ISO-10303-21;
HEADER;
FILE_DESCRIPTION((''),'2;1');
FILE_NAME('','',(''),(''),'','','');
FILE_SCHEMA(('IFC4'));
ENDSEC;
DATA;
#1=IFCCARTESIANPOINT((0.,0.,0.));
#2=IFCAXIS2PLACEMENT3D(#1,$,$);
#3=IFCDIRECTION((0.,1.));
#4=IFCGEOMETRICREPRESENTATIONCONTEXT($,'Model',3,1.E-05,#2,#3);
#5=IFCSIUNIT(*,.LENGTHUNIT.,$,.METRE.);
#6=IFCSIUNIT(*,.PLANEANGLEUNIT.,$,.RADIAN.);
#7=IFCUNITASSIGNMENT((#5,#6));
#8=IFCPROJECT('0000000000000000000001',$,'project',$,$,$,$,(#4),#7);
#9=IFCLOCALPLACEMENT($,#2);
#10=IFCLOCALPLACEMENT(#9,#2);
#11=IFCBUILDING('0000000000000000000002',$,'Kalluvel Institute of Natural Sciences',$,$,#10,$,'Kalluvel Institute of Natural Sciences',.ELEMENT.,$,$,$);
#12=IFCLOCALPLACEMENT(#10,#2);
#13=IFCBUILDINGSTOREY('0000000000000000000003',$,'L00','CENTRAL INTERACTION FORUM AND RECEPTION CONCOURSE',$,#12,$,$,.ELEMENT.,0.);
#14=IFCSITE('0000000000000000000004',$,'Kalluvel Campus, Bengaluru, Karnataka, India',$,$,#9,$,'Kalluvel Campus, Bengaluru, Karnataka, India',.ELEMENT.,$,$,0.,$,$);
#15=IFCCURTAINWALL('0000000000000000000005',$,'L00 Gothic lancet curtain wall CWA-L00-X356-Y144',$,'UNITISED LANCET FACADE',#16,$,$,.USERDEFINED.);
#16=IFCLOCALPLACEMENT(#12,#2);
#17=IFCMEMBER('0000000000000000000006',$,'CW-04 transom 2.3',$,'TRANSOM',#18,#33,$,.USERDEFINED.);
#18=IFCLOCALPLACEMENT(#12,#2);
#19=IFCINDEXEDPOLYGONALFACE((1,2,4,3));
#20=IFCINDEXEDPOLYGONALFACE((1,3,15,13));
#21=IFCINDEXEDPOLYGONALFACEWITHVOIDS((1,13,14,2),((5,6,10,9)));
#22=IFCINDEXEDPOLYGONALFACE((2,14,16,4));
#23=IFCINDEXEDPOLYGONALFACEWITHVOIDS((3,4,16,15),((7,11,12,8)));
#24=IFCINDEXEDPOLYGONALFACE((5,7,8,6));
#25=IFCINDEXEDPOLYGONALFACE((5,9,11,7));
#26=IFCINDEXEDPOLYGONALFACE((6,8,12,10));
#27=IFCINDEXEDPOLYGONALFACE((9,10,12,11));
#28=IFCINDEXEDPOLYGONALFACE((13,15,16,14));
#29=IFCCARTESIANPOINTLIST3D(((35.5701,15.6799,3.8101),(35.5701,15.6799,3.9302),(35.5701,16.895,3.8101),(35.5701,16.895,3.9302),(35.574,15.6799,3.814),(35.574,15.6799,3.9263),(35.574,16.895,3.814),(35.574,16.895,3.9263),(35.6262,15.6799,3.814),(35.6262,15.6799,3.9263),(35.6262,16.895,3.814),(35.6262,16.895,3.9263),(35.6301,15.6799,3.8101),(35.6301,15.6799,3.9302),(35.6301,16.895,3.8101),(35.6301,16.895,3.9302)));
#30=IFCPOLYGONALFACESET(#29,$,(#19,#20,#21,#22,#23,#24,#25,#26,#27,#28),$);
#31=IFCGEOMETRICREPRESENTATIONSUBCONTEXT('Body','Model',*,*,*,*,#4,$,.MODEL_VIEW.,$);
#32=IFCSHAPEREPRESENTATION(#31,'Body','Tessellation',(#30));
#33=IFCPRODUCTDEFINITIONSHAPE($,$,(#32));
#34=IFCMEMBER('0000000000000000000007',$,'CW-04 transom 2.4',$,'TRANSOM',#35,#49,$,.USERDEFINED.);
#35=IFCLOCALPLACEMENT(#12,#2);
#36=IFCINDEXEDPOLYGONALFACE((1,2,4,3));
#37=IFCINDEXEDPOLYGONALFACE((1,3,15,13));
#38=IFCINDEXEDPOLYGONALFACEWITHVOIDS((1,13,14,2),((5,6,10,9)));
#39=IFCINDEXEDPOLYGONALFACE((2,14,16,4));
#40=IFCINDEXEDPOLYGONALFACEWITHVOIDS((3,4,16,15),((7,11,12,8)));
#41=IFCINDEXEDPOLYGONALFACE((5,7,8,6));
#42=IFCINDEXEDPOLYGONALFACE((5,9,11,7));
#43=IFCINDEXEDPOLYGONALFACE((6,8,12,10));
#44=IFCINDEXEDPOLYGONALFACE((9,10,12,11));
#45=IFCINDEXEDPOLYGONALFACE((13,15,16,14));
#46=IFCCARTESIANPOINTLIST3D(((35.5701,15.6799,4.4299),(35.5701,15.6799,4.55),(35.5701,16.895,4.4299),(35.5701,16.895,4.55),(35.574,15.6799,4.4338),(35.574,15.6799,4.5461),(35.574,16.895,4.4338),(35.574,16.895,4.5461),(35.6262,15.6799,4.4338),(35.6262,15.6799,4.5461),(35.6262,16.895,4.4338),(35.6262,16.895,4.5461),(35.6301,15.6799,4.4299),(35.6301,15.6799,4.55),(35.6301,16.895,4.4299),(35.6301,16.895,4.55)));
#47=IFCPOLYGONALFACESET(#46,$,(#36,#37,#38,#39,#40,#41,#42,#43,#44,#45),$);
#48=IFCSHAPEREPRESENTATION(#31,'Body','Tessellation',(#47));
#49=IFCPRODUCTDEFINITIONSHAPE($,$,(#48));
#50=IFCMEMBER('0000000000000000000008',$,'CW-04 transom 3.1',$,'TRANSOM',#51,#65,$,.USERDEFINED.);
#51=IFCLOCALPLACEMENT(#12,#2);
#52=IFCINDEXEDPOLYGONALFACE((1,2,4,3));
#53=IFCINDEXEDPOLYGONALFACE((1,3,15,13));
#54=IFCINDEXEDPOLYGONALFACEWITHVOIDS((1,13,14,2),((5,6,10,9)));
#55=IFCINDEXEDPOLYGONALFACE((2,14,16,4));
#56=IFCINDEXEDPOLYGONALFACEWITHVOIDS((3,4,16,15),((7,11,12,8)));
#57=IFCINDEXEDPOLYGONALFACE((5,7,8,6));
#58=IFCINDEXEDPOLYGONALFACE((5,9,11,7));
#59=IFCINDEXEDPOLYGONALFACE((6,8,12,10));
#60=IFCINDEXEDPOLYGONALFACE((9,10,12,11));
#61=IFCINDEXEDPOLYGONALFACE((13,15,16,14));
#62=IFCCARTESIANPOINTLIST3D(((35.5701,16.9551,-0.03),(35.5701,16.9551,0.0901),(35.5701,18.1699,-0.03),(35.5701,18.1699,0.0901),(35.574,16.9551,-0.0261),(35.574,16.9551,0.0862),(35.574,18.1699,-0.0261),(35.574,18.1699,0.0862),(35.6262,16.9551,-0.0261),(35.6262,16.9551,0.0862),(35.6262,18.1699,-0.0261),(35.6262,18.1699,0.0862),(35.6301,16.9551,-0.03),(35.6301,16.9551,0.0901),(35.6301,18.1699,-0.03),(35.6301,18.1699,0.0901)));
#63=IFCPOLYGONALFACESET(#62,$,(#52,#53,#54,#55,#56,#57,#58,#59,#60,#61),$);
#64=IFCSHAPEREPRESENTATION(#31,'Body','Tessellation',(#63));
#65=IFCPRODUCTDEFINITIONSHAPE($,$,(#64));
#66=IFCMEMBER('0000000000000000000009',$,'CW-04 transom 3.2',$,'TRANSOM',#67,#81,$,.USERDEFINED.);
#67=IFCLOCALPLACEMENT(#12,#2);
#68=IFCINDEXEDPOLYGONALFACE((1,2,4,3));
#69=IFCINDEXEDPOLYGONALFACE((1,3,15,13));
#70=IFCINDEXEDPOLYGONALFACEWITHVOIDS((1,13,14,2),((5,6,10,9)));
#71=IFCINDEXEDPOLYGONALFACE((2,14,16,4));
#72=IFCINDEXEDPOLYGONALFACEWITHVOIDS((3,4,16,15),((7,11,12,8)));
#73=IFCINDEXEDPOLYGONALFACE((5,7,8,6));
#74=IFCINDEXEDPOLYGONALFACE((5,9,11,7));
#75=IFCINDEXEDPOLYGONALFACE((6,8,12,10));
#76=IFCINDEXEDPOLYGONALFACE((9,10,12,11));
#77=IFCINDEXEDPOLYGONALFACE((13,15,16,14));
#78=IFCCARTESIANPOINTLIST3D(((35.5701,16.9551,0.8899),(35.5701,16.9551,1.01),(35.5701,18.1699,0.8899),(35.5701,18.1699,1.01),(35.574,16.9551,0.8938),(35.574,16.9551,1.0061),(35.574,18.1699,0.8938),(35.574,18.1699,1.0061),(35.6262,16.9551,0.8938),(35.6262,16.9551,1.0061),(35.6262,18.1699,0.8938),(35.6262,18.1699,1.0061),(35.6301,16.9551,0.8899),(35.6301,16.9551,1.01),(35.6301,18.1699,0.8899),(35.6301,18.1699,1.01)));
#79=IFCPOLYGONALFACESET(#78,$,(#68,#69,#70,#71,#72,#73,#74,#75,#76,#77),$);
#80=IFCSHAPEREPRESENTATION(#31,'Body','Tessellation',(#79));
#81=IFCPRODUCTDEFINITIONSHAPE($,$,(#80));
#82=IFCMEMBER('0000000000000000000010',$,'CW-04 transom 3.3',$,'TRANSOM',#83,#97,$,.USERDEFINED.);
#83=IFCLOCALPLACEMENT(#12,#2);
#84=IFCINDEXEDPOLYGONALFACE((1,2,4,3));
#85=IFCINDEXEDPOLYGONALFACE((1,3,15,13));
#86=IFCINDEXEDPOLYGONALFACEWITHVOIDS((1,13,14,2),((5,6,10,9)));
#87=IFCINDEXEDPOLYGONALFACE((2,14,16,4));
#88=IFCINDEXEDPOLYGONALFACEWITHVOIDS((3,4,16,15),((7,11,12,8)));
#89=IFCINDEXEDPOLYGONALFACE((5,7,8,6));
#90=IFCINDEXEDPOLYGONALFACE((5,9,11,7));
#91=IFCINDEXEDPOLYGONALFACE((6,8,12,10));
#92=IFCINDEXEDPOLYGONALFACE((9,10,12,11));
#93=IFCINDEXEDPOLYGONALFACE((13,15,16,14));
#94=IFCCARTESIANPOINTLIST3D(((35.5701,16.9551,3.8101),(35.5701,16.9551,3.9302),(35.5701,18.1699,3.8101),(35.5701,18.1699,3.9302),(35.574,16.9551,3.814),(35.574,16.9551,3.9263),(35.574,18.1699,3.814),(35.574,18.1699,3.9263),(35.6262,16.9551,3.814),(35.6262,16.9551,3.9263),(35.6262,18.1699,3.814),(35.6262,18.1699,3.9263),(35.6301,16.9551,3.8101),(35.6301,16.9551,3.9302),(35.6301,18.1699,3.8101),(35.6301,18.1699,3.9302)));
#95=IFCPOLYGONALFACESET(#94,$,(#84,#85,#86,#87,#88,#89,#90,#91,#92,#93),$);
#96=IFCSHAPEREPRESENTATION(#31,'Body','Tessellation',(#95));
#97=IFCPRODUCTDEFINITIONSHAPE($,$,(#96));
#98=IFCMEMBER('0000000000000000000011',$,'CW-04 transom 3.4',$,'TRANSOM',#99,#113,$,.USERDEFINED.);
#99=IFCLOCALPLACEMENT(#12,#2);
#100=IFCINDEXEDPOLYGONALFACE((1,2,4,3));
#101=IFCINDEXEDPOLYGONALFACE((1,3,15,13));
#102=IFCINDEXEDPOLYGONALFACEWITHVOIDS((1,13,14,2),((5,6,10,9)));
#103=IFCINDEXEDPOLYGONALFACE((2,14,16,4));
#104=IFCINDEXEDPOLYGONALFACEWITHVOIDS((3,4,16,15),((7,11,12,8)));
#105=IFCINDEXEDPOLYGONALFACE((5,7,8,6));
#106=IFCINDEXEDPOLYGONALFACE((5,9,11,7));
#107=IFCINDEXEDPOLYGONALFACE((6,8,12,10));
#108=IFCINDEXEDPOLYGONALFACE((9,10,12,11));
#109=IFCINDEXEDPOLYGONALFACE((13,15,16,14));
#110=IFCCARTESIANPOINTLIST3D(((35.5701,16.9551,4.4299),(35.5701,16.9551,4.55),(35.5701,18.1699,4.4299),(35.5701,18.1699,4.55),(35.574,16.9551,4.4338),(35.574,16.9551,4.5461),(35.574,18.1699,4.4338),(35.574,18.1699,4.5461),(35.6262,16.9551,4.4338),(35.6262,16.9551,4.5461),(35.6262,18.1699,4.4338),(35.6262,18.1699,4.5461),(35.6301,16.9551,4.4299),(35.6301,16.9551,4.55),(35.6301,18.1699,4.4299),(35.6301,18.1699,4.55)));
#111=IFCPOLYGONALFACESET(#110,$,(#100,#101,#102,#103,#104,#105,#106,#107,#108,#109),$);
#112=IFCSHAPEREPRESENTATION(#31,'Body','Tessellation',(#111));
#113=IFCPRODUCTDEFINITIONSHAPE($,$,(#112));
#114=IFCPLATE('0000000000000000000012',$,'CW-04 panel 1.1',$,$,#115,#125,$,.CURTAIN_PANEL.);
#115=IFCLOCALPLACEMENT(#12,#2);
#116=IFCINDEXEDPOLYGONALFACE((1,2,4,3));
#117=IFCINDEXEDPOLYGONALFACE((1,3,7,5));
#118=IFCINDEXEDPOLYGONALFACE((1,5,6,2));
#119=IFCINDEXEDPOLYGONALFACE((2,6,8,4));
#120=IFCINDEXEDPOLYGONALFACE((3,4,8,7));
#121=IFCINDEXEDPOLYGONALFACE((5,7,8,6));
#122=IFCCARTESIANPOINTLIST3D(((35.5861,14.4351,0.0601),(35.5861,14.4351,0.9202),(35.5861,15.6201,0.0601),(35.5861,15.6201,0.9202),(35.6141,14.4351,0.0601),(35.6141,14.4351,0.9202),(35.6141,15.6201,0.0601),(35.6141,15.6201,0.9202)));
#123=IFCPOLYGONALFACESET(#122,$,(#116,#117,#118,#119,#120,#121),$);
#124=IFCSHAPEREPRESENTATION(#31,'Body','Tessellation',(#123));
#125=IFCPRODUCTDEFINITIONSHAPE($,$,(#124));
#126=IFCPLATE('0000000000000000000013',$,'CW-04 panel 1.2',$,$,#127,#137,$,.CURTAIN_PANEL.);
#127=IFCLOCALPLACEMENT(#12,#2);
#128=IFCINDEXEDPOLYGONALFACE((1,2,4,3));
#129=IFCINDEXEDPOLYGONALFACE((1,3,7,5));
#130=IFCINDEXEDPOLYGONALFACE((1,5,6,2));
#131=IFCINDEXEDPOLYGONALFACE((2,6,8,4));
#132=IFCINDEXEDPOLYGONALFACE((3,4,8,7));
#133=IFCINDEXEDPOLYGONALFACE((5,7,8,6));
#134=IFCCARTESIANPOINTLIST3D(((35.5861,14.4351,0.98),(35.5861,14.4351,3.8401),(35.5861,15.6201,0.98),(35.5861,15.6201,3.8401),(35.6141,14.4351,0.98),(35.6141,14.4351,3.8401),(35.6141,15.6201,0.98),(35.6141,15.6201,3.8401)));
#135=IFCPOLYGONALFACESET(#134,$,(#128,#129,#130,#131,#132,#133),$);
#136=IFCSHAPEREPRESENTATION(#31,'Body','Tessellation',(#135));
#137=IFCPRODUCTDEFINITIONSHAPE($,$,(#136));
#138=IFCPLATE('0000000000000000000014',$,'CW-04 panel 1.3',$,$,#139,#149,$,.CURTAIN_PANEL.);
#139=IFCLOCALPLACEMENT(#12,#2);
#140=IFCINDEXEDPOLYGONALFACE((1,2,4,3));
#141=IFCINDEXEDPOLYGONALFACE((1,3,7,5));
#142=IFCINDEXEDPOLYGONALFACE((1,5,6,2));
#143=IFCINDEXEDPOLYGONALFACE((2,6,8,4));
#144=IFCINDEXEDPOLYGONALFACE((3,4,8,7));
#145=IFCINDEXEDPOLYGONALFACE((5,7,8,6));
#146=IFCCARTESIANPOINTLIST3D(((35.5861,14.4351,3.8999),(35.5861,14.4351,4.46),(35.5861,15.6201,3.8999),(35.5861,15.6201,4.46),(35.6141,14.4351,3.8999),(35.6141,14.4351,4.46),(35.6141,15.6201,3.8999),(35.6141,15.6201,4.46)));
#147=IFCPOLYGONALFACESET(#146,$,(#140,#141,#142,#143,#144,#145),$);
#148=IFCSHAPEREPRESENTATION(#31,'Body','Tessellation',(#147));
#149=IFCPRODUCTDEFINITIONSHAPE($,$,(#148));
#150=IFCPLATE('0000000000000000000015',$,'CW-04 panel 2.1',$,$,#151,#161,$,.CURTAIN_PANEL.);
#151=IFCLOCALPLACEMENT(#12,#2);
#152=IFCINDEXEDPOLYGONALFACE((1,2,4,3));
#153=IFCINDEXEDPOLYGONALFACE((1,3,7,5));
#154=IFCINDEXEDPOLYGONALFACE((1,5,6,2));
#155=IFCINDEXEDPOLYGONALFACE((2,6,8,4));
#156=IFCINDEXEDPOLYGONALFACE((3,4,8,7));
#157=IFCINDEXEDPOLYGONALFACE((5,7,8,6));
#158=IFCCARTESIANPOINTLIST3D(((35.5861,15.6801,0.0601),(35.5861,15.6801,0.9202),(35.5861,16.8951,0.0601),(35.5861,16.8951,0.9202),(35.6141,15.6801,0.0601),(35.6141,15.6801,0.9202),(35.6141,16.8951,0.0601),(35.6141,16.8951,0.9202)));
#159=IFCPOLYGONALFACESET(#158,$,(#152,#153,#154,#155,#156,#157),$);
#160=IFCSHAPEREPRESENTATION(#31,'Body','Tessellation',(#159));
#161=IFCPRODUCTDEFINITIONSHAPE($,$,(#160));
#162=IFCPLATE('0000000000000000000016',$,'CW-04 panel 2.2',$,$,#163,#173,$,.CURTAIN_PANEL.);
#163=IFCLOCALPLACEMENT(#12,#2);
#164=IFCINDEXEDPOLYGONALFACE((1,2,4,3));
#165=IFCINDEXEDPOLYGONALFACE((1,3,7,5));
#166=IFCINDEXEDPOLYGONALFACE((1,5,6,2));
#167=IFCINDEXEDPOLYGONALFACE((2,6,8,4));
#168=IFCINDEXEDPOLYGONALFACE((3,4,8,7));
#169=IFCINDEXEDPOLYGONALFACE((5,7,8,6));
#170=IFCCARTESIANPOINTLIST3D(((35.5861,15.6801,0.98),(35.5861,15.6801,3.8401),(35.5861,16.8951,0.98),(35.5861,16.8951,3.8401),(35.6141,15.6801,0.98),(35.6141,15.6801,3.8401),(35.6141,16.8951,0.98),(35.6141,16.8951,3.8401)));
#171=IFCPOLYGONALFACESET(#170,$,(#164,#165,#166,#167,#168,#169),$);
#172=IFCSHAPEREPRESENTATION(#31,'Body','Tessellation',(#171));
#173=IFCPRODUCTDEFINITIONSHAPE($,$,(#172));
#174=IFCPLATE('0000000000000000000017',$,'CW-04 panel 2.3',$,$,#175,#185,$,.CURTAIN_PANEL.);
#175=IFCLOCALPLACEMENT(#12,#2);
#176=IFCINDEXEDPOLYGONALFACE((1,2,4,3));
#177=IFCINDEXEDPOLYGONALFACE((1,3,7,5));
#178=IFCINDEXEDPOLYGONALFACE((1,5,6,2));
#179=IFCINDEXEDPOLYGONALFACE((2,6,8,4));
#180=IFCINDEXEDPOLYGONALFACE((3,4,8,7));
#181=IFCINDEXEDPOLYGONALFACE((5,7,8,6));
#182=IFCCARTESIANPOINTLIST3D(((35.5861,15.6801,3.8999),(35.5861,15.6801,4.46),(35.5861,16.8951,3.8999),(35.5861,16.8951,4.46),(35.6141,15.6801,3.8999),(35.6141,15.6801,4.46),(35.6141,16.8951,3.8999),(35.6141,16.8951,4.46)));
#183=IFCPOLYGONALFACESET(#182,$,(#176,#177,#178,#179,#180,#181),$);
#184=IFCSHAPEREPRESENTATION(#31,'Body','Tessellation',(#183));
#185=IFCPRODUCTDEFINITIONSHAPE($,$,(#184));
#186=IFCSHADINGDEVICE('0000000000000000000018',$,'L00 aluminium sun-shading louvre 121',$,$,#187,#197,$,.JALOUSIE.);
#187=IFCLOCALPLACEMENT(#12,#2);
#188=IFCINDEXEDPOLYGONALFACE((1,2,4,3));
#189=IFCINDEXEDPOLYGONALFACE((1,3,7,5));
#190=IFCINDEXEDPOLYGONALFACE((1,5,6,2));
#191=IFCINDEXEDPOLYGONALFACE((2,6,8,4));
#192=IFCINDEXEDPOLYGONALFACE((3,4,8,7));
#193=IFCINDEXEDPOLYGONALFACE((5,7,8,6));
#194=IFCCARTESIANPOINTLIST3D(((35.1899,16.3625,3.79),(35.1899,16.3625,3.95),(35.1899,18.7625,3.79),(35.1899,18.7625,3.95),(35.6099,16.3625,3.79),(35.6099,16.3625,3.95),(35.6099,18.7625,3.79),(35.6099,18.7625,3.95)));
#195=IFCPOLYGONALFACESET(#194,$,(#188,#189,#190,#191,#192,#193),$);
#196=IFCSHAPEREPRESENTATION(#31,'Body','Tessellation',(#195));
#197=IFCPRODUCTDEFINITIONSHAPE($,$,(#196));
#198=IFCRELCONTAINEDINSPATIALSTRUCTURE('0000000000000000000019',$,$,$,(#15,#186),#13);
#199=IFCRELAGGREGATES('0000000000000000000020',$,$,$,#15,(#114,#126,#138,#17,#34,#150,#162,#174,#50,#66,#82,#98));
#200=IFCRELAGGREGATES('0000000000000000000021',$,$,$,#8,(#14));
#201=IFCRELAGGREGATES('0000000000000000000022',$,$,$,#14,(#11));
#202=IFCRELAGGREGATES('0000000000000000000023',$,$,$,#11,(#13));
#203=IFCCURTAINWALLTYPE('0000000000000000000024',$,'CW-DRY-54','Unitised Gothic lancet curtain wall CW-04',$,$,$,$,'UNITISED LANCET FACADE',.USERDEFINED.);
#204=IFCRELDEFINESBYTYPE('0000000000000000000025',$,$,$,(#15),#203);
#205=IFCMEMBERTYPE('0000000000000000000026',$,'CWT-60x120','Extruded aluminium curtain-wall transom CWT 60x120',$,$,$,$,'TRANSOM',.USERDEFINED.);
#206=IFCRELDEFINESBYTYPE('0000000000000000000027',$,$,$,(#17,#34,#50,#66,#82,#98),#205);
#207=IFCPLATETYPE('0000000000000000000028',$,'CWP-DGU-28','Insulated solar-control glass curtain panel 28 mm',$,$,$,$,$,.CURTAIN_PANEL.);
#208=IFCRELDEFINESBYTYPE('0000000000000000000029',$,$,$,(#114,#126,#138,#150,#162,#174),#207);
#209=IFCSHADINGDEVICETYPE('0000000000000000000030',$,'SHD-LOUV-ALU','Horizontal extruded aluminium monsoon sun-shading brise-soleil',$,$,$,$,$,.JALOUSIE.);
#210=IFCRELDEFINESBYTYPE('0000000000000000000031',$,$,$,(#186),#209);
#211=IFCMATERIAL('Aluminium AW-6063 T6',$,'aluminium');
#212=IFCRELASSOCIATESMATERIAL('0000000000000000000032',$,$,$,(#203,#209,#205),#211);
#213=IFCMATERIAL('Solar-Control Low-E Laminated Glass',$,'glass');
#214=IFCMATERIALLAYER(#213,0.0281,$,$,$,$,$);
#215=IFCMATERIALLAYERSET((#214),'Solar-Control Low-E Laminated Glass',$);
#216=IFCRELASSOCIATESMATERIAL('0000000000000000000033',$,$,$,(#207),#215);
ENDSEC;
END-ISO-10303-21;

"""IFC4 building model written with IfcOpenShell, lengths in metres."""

from ifc_helpers import new_model, si_unit, direction, frame, origin, origin_2d, place, context, subcontext, project, spatial, rectangle, hollow_rectangle, extrude, material, layer, layer_set, material_profile, profile_set, type_object, element, aggregate, save


model = new_model("IFC4")

# Units and contexts
model_context = context("Model", 3, precision=1e-05, world=origin(), true_north=direction((0.0, 1.0)))
body_context = subcontext(model_context, "Body", "Model", "MODEL_VIEW")
ifc_project = project(units=[si_unit("LENGTHUNIT", "METRE"), si_unit("PLANEANGLEUNIT", "RADIAN")], contexts=[model_context])

# Site, building, storey
site_placement = place(None, origin())
site = spatial("IfcSite", under=ifc_project, at=site_placement, Name="Kalluvel Campus, Bengaluru, Karnataka, India", LongName="Kalluvel Campus, Bengaluru, Karnataka, India", CompositionType="ELEMENT", RefElevation=0.0)
building_placement = place(site_placement, origin())
building = spatial("IfcBuilding", under=site, at=building_placement, Name="Kalluvel Institute of Natural Sciences", LongName="Kalluvel Institute of Natural Sciences", CompositionType="ELEMENT")
storey_placement = place(building_placement, origin())
storey = spatial("IfcBuildingStorey", under=building, at=storey_placement, Name="L00", Description="CENTRAL INTERACTION FORUM AND RECEPTION CONCOURSE", CompositionType="ELEMENT", Elevation=0.0)

# Curtain wall, members, plates
ifc_material_1 = material(Name="Aluminium AW-6063 T6", Category="aluminium")
curtain_wall_type = type_object("IfcCurtainWallType", Name="CW-DRY-54", Description="Unitised Gothic lancet curtain wall CW-04", ElementType="UNITISED LANCET FACADE", PredefinedType="USERDEFINED", material=ifc_material_1)
curtain_wall_placement = place(storey_placement, origin())
curtain_wall = element("IfcCurtainWall", 1, at=curtain_wall_placement, inside=storey, type_object=curtain_wall_type, Name="L00 Gothic lancet curtain wall CWA-L00-X356-Y144", ObjectType="UNITISED LANCET FACADE", PredefinedType="USERDEFINED")
ifc_material_profile_1 = material_profile(ifc_material_1, hollow_rectangle(XDim=0.0601, YDim=0.1201, WallThickness=0.0039, at=origin_2d()), Name="CWT 60x120")
ifc_profile_set_1 = profile_set([ifc_material_profile_1], Name="Aluminium AW-6063 T6")
member_type_1 = type_object("IfcMemberType", Name="CWT-60x120", Description="Extruded aluminium curtain-wall transom CWT 60x120", ElementType="TRANSOM", PredefinedType="USERDEFINED", material=ifc_profile_set_1)
member_1_placement = place(storey_placement, frame((35.6001, 15.6799, 3.8701), z_axis=(0.0, 1.0, 0.0), x_axis=(-1.0, 0.0, 0.0)))
member_1 = element("IfcMember", 2, at=member_1_placement, type_object=member_type_1, Name="CW-04 transom 2.3", ObjectType="TRANSOM", PredefinedType="USERDEFINED", context=body_context, shape_type="SweptSolid", body=[
    extrude(hollow_rectangle(XDim=0.0601, YDim=0.1201, WallThickness=0.0039, at=origin_2d()), origin(), (0.0, 0.0, 1.0), 1.2151),
])
member_2_placement = place(storey_placement, frame((35.6001, 15.6799, 4.49), z_axis=(0.0, 1.0, 0.0), x_axis=(-1.0, 0.0, 0.0)))
member_2 = element("IfcMember", 3, at=member_2_placement, type_object=member_type_1, Name="CW-04 transom 2.4", ObjectType="TRANSOM", PredefinedType="USERDEFINED", context=body_context, shape_type="SweptSolid", body=[
    extrude(hollow_rectangle(XDim=0.0601, YDim=0.1201, WallThickness=0.0039, at=origin_2d()), origin(), (0.0, 0.0, 1.0), 1.2151),
])
member_3_placement = place(storey_placement, frame((35.6001, 16.9551, 0.03), z_axis=(0.0, 1.0, 0.0), x_axis=(-1.0, 0.0, 0.0)))
member_3 = element("IfcMember", 4, at=member_3_placement, type_object=member_type_1, Name="CW-04 transom 3.1", ObjectType="TRANSOM", PredefinedType="USERDEFINED", context=body_context, shape_type="SweptSolid", body=[
    extrude(hollow_rectangle(XDim=0.0601, YDim=0.1201, WallThickness=0.0039, at=origin_2d()), origin(), (0.0, 0.0, 1.0), 1.2148),
])
member_4_placement = place(storey_placement, frame((35.6001, 16.9551, 0.95), z_axis=(0.0, 1.0, 0.0), x_axis=(-1.0, 0.0, 0.0)))
member_4 = element("IfcMember", 5, at=member_4_placement, type_object=member_type_1, Name="CW-04 transom 3.2", ObjectType="TRANSOM", PredefinedType="USERDEFINED", context=body_context, shape_type="SweptSolid", body=[
    extrude(hollow_rectangle(XDim=0.0601, YDim=0.1201, WallThickness=0.0039, at=origin_2d()), origin(), (0.0, 0.0, 1.0), 1.2148),
])
member_5_placement = place(storey_placement, frame((35.6001, 16.9551, 3.8701), z_axis=(0.0, 1.0, 0.0), x_axis=(-1.0, 0.0, 0.0)))
member_5 = element("IfcMember", 6, at=member_5_placement, type_object=member_type_1, Name="CW-04 transom 3.3", ObjectType="TRANSOM", PredefinedType="USERDEFINED", context=body_context, shape_type="SweptSolid", body=[
    extrude(hollow_rectangle(XDim=0.0601, YDim=0.1201, WallThickness=0.0039, at=origin_2d()), origin(), (0.0, 0.0, 1.0), 1.2148),
])
member_6_placement = place(storey_placement, frame((35.6001, 16.9551, 4.49), z_axis=(0.0, 1.0, 0.0), x_axis=(-1.0, 0.0, 0.0)))
member_6 = element("IfcMember", 7, at=member_6_placement, type_object=member_type_1, Name="CW-04 transom 3.4", ObjectType="TRANSOM", PredefinedType="USERDEFINED", context=body_context, shape_type="SweptSolid", body=[
    extrude(hollow_rectangle(XDim=0.0601, YDim=0.1201, WallThickness=0.0039, at=origin_2d()), origin(), (0.0, 0.0, 1.0), 1.2148),
])
ifc_material_2 = material(Name="Solar-Control Low-E Laminated Glass", Category="glass")
ifc_layer = layer(ifc_material_2, 0.0281)
ifc_layer_set = layer_set([ifc_layer], Name="Solar-Control Low-E Laminated Glass")
plate_type = type_object("IfcPlateType", Name="CWP-DGU-28", Description="Insulated solar-control glass curtain panel 28 mm", PredefinedType="CURTAIN_PANEL", material=ifc_layer_set)
plate_1_placement = place(storey_placement, frame((35.6001, 15.0276, 0.0601), z_axis=(0.0, 0.0, 1.0), x_axis=(0.0, 1.0, 0.0)))
plate_1 = element("IfcPlate", 8, at=plate_1_placement, type_object=plate_type, Name="CW-04 panel 1.1", PredefinedType="CURTAIN_PANEL", context=body_context, shape_type="SweptSolid", body=[
    extrude(rectangle(XDim=1.1851, YDim=0.0281, at=origin_2d()), origin(), (0.0, 0.0, 1.0), 0.8601),
])
plate_2_placement = place(storey_placement, frame((35.6001, 15.0276, 0.98), z_axis=(0.0, 0.0, 1.0), x_axis=(0.0, 1.0, 0.0)))
plate_2 = element("IfcPlate", 9, at=plate_2_placement, type_object=plate_type, Name="CW-04 panel 1.2", PredefinedType="CURTAIN_PANEL", context=body_context, shape_type="SweptSolid", body=[
    extrude(rectangle(XDim=1.1851, YDim=0.0281, at=origin_2d()), origin(), (0.0, 0.0, 1.0), 2.8601),
])
plate_3_placement = place(storey_placement, frame((35.6001, 15.0276, 3.8999), z_axis=(0.0, 0.0, 1.0), x_axis=(0.0, 1.0, 0.0)))
plate_3 = element("IfcPlate", 10, at=plate_3_placement, type_object=plate_type, Name="CW-04 panel 1.3", PredefinedType="CURTAIN_PANEL", context=body_context, shape_type="SweptSolid", body=[
    extrude(rectangle(XDim=1.1851, YDim=0.0281, at=origin_2d()), origin(), (0.0, 0.0, 1.0), 0.5601),
])
plate_4_placement = place(storey_placement, frame((35.6001, 16.2876, 0.0601), z_axis=(0.0, 0.0, 1.0), x_axis=(0.0, 1.0, 0.0)))
plate_4 = element("IfcPlate", 11, at=plate_4_placement, type_object=plate_type, Name="CW-04 panel 2.1", PredefinedType="CURTAIN_PANEL", context=body_context, shape_type="SweptSolid", body=[
    extrude(rectangle(XDim=1.2151, YDim=0.0281, at=origin_2d()), origin(), (0.0, 0.0, 1.0), 0.8601),
])
plate_5_placement = place(storey_placement, frame((35.6001, 16.2876, 0.98), z_axis=(0.0, 0.0, 1.0), x_axis=(0.0, 1.0, 0.0)))
plate_5 = element("IfcPlate", 12, at=plate_5_placement, type_object=plate_type, Name="CW-04 panel 2.2", PredefinedType="CURTAIN_PANEL", context=body_context, shape_type="SweptSolid", body=[
    extrude(rectangle(XDim=1.2151, YDim=0.0281, at=origin_2d()), origin(), (0.0, 0.0, 1.0), 2.8601),
])
plate_6_placement = place(storey_placement, frame((35.6001, 16.2876, 3.8999), z_axis=(0.0, 0.0, 1.0), x_axis=(0.0, 1.0, 0.0)))
plate_6 = element("IfcPlate", 13, at=plate_6_placement, type_object=plate_type, Name="CW-04 panel 2.3", PredefinedType="CURTAIN_PANEL", context=body_context, shape_type="SweptSolid", body=[
    extrude(rectangle(XDim=1.2151, YDim=0.0281, at=origin_2d()), origin(), (0.0, 0.0, 1.0), 0.5601),
])
aggregate(curtain_wall, [plate_1, plate_2, plate_3, member_1, member_2, plate_4, plate_5, plate_6, member_3, member_4, member_5, member_6])

# Shading device
shading_device_type = type_object("IfcShadingDeviceType", Name="SHD-LOUV-ALU", Description="Horizontal extruded aluminium monsoon sun-shading brise-soleil", PredefinedType="JALOUSIE", material=ifc_material_1)
shading_device_placement = place(storey_placement, frame((35.3999, 17.5625, 3.79), z_axis=(0.0, 0.0, 1.0), x_axis=(0.0, 1.0, 0.0)))
element("IfcShadingDevice", 14, at=shading_device_placement, inside=storey, type_object=shading_device_type, Name="L00 aluminium sun-shading louvre 121", PredefinedType="JALOUSIE", context=body_context, shape_type="SweptSolid", body=[
    extrude(rectangle(XDim=2.3999, YDim=0.4199, at=origin_2d()), origin(), (0.0, 0.0, 1.0), 0.1599),
])

save(model, "model.ifc")
